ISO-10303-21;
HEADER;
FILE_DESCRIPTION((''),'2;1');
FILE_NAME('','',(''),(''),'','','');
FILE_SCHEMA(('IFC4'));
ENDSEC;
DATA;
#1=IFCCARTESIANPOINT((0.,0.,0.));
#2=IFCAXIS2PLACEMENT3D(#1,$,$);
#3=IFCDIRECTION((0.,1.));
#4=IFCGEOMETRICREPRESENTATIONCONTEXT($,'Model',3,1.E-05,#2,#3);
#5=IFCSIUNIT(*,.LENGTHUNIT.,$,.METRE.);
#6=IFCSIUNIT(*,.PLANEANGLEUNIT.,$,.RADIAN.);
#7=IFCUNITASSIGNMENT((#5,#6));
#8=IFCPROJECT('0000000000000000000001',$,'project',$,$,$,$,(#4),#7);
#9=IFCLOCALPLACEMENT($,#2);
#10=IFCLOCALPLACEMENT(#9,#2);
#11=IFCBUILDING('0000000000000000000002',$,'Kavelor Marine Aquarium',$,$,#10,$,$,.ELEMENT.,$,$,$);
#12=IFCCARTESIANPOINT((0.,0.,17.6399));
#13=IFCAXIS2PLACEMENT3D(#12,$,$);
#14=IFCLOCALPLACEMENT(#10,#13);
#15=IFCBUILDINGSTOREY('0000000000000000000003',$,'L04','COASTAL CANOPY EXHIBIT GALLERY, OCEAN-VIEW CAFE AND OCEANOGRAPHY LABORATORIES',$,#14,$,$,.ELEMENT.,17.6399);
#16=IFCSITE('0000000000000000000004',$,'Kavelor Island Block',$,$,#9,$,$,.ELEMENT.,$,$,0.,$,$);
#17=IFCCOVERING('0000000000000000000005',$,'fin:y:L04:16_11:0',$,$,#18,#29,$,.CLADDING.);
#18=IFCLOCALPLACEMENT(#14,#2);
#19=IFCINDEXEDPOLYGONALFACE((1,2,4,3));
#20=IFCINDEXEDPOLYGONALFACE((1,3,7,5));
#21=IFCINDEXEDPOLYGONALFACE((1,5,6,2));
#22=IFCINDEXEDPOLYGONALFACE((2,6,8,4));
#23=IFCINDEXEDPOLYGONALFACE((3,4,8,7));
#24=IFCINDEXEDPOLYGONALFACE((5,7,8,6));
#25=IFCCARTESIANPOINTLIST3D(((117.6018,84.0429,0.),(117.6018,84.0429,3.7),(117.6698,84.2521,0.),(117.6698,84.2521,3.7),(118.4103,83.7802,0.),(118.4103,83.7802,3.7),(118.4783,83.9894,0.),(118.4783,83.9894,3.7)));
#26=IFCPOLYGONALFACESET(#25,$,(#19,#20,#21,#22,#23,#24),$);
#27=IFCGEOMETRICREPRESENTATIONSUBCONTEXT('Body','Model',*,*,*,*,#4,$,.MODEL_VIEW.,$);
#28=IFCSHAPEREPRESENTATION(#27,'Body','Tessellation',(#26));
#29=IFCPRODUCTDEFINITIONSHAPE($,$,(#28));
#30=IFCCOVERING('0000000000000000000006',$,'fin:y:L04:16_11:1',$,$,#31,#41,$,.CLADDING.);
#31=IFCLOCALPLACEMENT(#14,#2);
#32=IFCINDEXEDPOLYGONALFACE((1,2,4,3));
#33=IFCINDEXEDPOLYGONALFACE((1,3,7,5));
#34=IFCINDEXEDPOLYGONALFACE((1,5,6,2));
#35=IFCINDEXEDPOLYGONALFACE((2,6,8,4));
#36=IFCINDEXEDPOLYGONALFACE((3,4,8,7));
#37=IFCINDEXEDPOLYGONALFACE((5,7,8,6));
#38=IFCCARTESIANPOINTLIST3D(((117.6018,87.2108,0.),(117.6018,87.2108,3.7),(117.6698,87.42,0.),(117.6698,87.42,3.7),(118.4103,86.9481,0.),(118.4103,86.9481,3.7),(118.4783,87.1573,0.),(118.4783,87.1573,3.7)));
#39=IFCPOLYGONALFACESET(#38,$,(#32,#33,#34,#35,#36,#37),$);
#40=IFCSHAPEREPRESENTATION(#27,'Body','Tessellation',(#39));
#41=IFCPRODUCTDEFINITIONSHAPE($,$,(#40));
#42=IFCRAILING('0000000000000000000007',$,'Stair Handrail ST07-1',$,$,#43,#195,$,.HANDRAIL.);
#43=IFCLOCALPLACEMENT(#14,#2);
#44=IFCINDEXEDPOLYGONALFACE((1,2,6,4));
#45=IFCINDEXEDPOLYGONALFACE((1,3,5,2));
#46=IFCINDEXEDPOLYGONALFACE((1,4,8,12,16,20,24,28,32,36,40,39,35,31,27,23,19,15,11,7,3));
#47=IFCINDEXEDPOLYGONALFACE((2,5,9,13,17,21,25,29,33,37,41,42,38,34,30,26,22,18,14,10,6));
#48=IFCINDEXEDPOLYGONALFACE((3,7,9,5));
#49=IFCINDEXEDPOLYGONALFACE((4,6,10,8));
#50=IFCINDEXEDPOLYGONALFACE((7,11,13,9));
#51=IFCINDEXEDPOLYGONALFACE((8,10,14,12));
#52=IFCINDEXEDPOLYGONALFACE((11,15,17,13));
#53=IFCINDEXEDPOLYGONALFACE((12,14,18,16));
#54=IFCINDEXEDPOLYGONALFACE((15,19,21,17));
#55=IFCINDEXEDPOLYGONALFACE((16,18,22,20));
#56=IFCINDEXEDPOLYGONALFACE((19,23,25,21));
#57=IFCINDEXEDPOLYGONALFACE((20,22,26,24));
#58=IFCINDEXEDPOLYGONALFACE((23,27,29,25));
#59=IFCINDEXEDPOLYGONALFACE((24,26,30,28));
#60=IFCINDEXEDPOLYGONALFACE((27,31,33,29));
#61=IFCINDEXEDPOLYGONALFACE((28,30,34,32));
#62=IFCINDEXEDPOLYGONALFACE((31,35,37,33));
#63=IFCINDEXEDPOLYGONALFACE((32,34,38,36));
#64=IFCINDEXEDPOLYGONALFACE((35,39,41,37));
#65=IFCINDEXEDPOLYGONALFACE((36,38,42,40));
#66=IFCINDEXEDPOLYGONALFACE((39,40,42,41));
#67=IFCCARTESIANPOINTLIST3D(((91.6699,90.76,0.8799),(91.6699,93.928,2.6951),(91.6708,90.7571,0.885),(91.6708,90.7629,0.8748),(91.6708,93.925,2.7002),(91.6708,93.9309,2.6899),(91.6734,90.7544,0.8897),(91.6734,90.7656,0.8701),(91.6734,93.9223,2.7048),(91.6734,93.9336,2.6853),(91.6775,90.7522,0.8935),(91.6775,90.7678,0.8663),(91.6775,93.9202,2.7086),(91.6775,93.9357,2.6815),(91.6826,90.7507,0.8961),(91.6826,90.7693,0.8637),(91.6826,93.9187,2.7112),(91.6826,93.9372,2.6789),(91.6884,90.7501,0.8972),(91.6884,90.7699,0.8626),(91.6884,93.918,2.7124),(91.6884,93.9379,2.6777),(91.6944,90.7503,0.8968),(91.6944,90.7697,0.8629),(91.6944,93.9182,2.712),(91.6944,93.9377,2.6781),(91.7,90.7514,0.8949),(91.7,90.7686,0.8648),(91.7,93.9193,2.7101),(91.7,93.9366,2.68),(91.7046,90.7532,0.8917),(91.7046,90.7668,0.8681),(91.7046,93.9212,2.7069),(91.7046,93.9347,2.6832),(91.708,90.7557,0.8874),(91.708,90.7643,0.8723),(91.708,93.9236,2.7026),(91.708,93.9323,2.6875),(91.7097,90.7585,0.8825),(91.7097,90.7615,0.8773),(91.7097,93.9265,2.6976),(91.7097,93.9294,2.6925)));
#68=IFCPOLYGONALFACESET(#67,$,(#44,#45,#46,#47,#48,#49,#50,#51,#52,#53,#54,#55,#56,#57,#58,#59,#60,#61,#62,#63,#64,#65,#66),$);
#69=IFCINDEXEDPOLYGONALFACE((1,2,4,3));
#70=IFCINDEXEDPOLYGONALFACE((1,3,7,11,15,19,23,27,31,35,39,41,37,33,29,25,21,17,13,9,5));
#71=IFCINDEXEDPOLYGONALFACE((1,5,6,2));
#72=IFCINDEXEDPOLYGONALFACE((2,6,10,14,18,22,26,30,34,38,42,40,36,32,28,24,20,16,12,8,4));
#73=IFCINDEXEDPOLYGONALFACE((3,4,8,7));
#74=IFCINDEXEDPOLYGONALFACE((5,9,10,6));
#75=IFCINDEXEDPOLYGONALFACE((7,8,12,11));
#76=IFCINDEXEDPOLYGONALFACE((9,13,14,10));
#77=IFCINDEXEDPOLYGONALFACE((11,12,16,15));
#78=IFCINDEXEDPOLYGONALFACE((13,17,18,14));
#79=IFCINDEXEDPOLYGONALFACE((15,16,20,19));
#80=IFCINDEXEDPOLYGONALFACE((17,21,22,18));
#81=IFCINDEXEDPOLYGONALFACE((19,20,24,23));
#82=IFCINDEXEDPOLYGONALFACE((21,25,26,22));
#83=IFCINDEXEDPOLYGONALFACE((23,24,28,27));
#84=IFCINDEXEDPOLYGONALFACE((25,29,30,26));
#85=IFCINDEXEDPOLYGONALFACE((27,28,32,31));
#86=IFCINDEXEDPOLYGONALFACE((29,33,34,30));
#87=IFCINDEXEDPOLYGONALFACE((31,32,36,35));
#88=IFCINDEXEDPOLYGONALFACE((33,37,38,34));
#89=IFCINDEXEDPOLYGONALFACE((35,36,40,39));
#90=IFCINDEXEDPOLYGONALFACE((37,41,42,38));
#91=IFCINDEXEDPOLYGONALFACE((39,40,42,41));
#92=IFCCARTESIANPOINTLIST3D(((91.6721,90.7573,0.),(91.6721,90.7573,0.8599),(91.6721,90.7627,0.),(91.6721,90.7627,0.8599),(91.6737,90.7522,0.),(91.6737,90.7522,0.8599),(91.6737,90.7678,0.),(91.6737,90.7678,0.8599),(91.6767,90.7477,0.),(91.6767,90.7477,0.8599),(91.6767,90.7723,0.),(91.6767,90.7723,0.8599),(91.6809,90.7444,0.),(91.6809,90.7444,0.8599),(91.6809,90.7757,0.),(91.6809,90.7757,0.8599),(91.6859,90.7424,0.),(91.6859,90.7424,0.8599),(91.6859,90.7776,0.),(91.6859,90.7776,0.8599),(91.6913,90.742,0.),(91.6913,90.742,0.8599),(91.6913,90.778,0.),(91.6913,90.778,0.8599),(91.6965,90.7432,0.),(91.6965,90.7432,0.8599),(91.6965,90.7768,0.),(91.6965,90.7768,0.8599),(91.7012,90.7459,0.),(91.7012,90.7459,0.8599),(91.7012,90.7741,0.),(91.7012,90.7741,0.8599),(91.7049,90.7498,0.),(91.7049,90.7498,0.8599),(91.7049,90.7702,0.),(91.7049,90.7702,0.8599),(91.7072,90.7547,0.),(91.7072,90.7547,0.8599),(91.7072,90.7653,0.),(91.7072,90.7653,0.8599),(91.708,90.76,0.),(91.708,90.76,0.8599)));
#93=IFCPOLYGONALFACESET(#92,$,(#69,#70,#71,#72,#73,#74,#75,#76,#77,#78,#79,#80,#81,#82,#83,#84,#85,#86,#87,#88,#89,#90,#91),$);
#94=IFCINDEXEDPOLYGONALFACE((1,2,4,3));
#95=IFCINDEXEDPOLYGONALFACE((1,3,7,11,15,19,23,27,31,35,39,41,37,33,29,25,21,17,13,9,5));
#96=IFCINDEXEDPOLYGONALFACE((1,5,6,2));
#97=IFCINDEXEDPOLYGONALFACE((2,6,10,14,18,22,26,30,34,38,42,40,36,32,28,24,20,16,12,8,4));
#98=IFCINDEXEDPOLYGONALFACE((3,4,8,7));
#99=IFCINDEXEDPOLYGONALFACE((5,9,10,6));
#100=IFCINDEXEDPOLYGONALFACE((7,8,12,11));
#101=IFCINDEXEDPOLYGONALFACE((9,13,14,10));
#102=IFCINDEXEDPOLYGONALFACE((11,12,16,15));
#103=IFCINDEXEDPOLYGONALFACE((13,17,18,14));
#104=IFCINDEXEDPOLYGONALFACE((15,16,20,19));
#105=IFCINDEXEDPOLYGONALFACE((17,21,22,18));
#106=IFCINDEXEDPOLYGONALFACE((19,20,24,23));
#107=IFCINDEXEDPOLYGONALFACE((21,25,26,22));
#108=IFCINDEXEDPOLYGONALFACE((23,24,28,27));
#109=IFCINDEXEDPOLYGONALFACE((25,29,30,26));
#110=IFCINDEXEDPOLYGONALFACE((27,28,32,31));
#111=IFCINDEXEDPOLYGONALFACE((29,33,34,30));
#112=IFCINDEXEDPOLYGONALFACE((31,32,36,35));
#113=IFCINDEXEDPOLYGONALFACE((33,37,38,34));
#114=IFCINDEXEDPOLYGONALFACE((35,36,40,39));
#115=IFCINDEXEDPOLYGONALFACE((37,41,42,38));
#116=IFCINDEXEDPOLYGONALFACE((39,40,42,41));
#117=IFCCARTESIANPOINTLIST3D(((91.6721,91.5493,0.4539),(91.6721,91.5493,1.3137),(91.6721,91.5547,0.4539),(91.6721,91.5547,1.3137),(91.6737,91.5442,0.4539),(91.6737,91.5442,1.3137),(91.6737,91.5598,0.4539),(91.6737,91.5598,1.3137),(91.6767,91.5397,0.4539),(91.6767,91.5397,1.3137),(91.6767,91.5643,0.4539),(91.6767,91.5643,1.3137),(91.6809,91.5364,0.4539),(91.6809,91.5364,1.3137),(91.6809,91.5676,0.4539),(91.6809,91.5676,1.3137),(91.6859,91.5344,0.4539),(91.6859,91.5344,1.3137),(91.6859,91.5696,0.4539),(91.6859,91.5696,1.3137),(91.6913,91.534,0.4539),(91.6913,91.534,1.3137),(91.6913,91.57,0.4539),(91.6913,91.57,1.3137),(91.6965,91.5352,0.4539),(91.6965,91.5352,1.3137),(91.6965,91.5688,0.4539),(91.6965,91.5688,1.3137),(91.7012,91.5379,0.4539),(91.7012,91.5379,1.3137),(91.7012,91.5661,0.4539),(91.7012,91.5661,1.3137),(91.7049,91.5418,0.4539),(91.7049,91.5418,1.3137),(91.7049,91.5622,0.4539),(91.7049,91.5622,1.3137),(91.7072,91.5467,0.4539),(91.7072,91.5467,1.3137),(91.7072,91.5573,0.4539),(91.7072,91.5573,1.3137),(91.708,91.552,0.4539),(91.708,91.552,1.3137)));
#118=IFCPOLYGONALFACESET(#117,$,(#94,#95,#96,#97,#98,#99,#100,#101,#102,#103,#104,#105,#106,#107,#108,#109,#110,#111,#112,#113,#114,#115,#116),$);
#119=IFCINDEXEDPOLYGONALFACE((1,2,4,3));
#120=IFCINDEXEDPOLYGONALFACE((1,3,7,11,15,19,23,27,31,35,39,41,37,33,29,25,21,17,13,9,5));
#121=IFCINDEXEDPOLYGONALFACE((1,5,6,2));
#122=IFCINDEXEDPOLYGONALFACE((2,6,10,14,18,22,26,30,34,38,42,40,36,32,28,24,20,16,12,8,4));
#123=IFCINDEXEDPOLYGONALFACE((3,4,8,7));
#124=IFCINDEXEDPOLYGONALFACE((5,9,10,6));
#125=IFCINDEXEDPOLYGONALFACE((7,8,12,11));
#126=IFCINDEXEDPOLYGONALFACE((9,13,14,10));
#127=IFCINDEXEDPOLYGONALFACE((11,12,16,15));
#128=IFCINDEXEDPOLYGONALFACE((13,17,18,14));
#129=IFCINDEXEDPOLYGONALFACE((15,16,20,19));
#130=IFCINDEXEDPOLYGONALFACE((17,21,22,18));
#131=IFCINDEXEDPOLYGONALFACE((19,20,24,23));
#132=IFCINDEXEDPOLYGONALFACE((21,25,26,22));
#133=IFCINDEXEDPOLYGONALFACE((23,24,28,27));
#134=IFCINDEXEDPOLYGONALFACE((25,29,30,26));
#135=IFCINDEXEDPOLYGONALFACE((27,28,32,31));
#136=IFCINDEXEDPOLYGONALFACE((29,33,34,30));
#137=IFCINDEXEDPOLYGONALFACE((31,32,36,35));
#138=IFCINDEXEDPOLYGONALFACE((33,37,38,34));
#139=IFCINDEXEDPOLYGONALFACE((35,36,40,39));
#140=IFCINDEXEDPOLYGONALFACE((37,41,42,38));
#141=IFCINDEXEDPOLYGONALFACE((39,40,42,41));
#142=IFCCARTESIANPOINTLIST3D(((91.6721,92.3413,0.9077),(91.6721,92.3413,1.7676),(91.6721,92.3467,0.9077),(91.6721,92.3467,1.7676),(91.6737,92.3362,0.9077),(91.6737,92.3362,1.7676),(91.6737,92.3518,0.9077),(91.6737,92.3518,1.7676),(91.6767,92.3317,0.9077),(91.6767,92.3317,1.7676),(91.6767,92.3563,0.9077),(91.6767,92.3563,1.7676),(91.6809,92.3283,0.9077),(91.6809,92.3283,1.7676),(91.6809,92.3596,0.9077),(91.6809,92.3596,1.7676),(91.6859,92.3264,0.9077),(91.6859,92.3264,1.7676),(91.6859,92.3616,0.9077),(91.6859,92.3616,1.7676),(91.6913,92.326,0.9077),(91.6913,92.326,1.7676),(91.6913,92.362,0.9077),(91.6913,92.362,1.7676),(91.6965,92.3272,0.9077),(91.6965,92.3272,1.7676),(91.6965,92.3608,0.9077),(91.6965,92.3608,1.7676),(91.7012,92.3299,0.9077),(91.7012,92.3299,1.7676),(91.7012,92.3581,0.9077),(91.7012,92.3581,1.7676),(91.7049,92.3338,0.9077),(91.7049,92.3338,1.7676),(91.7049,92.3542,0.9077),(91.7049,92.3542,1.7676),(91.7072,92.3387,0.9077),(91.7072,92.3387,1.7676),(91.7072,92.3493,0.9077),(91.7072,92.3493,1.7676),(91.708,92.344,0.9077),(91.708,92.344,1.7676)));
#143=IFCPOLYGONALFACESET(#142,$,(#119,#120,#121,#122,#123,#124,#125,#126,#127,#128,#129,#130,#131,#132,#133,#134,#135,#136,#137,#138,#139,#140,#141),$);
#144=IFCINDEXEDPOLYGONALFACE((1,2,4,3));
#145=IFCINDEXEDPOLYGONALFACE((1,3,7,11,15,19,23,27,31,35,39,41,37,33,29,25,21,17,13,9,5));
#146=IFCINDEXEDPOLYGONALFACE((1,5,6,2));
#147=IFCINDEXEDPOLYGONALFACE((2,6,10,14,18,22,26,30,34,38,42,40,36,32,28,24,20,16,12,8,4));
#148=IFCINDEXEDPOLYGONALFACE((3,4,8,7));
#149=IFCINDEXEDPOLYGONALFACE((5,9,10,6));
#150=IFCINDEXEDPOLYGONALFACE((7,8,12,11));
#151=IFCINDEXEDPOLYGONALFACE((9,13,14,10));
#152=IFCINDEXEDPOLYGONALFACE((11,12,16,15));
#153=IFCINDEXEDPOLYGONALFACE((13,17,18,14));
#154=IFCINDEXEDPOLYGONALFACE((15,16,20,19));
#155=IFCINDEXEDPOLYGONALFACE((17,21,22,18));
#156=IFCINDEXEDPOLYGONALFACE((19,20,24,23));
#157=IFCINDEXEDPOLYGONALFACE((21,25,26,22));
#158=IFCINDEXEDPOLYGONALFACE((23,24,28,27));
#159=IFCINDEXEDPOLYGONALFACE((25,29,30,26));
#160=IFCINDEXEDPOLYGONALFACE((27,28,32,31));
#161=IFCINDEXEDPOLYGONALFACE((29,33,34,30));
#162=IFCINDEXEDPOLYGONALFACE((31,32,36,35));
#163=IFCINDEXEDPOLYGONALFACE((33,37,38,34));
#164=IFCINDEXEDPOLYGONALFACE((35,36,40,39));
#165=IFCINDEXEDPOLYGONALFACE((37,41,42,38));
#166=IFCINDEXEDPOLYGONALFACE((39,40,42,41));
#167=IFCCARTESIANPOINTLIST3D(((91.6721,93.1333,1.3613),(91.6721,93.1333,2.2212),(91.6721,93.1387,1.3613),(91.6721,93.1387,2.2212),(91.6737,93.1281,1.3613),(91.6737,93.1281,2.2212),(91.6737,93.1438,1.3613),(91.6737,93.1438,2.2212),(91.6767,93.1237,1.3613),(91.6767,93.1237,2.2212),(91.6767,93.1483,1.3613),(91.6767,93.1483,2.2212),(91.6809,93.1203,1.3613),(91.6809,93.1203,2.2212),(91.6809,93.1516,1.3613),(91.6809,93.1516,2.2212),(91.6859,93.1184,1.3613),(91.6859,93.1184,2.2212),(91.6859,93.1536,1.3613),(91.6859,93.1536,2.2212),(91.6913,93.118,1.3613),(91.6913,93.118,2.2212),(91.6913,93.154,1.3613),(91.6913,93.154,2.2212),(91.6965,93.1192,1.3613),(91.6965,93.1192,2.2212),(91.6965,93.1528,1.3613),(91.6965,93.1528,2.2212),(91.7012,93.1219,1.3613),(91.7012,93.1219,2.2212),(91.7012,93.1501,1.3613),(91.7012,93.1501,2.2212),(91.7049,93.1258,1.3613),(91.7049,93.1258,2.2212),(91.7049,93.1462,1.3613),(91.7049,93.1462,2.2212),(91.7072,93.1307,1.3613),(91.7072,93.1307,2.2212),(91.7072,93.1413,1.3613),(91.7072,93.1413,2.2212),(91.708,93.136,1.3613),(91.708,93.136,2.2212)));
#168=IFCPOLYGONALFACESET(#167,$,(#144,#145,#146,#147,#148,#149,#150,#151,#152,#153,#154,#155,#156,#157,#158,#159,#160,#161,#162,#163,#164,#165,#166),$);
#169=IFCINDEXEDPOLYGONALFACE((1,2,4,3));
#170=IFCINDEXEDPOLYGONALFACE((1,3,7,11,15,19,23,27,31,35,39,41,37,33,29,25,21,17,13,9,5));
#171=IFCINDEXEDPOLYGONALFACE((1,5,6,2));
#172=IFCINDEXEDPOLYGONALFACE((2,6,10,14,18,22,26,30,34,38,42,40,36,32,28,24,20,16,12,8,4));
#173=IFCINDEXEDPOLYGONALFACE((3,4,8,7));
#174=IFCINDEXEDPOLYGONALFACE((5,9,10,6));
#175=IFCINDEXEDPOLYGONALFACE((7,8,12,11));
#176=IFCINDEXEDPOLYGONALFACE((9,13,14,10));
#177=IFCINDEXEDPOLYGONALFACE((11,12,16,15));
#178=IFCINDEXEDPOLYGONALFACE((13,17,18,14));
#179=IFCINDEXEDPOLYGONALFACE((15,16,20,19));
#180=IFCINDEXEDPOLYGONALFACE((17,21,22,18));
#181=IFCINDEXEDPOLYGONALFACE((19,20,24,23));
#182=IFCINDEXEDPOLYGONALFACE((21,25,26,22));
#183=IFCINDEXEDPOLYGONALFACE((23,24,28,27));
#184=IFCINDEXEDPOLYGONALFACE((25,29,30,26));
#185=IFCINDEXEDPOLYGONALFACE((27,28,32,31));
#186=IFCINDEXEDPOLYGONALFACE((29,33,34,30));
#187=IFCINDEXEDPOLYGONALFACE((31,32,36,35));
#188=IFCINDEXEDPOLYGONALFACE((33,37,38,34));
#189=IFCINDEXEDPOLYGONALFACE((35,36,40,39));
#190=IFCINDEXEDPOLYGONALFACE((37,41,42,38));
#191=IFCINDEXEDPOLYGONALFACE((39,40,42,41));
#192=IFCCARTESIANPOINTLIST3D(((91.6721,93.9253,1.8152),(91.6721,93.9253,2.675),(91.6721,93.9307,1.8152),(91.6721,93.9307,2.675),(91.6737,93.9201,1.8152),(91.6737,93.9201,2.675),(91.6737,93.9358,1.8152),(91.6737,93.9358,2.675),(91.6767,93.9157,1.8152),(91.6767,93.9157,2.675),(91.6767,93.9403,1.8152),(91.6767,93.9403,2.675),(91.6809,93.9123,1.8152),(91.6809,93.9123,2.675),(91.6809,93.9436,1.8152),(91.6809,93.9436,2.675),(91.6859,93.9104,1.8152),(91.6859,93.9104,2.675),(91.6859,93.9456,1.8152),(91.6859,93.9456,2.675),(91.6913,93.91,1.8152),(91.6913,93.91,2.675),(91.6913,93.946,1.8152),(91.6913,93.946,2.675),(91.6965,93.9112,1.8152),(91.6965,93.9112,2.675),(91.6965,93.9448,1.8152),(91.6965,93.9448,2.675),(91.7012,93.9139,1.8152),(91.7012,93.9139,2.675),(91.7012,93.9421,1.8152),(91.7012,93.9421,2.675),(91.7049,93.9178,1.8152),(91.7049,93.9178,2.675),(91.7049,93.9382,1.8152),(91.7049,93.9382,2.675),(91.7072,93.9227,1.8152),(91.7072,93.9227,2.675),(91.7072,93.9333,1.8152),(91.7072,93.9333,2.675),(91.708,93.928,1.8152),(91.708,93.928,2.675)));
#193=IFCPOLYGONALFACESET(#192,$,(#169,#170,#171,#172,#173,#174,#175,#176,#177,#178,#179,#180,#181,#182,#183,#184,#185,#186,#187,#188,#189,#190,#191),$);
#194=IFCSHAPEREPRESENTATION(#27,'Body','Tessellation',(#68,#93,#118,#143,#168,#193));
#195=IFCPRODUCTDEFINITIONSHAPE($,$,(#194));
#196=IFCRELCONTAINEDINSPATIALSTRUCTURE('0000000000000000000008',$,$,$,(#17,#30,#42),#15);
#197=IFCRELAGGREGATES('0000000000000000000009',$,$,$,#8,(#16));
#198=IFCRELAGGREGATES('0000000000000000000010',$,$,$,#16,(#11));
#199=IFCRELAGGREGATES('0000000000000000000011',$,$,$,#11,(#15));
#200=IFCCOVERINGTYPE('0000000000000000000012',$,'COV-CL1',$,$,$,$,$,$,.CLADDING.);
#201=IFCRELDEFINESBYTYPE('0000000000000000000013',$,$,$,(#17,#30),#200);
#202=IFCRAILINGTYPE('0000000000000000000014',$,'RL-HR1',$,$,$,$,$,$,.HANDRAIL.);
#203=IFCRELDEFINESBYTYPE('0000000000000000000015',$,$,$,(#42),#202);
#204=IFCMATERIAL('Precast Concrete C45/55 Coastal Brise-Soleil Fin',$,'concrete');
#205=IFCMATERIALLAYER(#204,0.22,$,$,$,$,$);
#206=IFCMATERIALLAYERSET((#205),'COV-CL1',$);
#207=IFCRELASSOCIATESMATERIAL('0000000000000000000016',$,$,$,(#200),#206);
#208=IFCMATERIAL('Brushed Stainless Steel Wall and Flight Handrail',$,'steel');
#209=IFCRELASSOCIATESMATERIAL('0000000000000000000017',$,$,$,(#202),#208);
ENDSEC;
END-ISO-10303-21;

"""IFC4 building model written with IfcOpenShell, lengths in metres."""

from ifc_helpers import new_model, si_unit, direction, frame, origin, origin_2d, place, context, subcontext, project, spatial, rectangle, circle, extrude, material, layer, layer_set, type_object, element, save


model = new_model("IFC4")

# Units and contexts
model_context = context("Model", 3, precision=1e-05, world=origin(), true_north=direction((0.0, 1.0)))
body_context = subcontext(model_context, "Body", "Model", "MODEL_VIEW")
ifc_project = project(units=[si_unit("LENGTHUNIT", "METRE"), si_unit("PLANEANGLEUNIT", "RADIAN")], contexts=[model_context])

# Site, building, storey
site_placement = place(None, origin())
site = spatial("IfcSite", under=ifc_project, at=site_placement, Name="Kavelor Island Block", CompositionType="ELEMENT", RefElevation=0.0)
building_placement = place(site_placement, origin())
building = spatial("IfcBuilding", under=site, at=building_placement, Name="Kavelor Marine Aquarium", CompositionType="ELEMENT")
storey_placement = place(building_placement, frame((0.0, 0.0, 17.6399)))
storey = spatial("IfcBuildingStorey", under=building, at=storey_placement, Name="L04", Description="COASTAL CANOPY EXHIBIT GALLERY, OCEAN-VIEW CAFE AND OCEANOGRAPHY LABORATORIES", CompositionType="ELEMENT", Elevation=17.6399)

# Coverings
ifc_material_1 = material(Name="Precast Concrete C45/55 Coastal Brise-Soleil Fin", Category="concrete")
ifc_layer_1 = layer(ifc_material_1, 0.22)
ifc_layer_set_1 = layer_set([ifc_layer_1], Name="COV-CL1")
covering_type = type_object("IfcCoveringType", Name="COV-CL1", PredefinedType="CLADDING", material=ifc_layer_set_1)
for number, where, z_axis, x_axis, name in (
    (1, (118.04, 84.0161, 0.0), (0.0, 0.0, 1.0), (0.951057, -0.309017, 0.0), "fin:y:L04:16_11:0"),
    (2, (118.04, 87.1841, 0.0), (0.0, 0.0, 1.0), (0.951057, -0.309017, 0.0), "fin:y:L04:16_11:1"),
):
    element("IfcCovering", number, at=place(storey_placement, frame(where, z_axis=z_axis, x_axis=x_axis)), inside=storey, type_object=covering_type, Name=name, PredefinedType="CLADDING", context=body_context, shape_type="SweptSolid", body=[
        extrude(rectangle(XDim=0.8501, YDim=0.22, at=origin_2d()), origin(), (0.0, 0.0, 1.0), 3.7),
    ])

# Railing
ifc_material_2 = material(Name="Brushed Stainless Steel Wall and Flight Handrail", Category="steel")
railing_type_1 = type_object("IfcRailingType", Name="RL-HR1", PredefinedType="HANDRAIL", material=ifc_material_2)
railing_1_placement = place(storey_placement, frame((91.6899, 90.76, 0.0)))
element("IfcRailing", 3, at=railing_1_placement, inside=storey, type_object=railing_type_1, Name="Stair Handrail ST07-1", PredefinedType="HANDRAIL", context=body_context, shape_type="SweptSolid", body=[
    extrude(circle(Radius=0.02, at=origin_2d()), frame((0.0, 0.0, 0.8799), z_axis=(0.0, 0.867662, 0.497154), x_axis=(-1.0, 0.0, 0.0)), (0.0, 0.0, 1.0), 3.6511),
    extrude(circle(Radius=0.0181, at=origin_2d()), origin(), (0.0, 0.0, 1.0), 0.8599),
    extrude(circle(Radius=0.0181, at=origin_2d()), frame((0.0, 0.792, 0.4539)), (0.0, 0.0, 1.0), 0.8599),
    extrude(circle(Radius=0.0181, at=origin_2d()), frame((0.0, 1.584, 0.9077)), (0.0, 0.0, 1.0), 0.8599),
    extrude(circle(Radius=0.0181, at=origin_2d()), frame((0.0, 2.376, 1.3613)), (0.0, 0.0, 1.0), 0.8599),
    extrude(circle(Radius=0.0181, at=origin_2d()), frame((0.0, 3.168, 1.8152)), (0.0, 0.0, 1.0), 0.8599),
])

save(model, "model.ifc")
